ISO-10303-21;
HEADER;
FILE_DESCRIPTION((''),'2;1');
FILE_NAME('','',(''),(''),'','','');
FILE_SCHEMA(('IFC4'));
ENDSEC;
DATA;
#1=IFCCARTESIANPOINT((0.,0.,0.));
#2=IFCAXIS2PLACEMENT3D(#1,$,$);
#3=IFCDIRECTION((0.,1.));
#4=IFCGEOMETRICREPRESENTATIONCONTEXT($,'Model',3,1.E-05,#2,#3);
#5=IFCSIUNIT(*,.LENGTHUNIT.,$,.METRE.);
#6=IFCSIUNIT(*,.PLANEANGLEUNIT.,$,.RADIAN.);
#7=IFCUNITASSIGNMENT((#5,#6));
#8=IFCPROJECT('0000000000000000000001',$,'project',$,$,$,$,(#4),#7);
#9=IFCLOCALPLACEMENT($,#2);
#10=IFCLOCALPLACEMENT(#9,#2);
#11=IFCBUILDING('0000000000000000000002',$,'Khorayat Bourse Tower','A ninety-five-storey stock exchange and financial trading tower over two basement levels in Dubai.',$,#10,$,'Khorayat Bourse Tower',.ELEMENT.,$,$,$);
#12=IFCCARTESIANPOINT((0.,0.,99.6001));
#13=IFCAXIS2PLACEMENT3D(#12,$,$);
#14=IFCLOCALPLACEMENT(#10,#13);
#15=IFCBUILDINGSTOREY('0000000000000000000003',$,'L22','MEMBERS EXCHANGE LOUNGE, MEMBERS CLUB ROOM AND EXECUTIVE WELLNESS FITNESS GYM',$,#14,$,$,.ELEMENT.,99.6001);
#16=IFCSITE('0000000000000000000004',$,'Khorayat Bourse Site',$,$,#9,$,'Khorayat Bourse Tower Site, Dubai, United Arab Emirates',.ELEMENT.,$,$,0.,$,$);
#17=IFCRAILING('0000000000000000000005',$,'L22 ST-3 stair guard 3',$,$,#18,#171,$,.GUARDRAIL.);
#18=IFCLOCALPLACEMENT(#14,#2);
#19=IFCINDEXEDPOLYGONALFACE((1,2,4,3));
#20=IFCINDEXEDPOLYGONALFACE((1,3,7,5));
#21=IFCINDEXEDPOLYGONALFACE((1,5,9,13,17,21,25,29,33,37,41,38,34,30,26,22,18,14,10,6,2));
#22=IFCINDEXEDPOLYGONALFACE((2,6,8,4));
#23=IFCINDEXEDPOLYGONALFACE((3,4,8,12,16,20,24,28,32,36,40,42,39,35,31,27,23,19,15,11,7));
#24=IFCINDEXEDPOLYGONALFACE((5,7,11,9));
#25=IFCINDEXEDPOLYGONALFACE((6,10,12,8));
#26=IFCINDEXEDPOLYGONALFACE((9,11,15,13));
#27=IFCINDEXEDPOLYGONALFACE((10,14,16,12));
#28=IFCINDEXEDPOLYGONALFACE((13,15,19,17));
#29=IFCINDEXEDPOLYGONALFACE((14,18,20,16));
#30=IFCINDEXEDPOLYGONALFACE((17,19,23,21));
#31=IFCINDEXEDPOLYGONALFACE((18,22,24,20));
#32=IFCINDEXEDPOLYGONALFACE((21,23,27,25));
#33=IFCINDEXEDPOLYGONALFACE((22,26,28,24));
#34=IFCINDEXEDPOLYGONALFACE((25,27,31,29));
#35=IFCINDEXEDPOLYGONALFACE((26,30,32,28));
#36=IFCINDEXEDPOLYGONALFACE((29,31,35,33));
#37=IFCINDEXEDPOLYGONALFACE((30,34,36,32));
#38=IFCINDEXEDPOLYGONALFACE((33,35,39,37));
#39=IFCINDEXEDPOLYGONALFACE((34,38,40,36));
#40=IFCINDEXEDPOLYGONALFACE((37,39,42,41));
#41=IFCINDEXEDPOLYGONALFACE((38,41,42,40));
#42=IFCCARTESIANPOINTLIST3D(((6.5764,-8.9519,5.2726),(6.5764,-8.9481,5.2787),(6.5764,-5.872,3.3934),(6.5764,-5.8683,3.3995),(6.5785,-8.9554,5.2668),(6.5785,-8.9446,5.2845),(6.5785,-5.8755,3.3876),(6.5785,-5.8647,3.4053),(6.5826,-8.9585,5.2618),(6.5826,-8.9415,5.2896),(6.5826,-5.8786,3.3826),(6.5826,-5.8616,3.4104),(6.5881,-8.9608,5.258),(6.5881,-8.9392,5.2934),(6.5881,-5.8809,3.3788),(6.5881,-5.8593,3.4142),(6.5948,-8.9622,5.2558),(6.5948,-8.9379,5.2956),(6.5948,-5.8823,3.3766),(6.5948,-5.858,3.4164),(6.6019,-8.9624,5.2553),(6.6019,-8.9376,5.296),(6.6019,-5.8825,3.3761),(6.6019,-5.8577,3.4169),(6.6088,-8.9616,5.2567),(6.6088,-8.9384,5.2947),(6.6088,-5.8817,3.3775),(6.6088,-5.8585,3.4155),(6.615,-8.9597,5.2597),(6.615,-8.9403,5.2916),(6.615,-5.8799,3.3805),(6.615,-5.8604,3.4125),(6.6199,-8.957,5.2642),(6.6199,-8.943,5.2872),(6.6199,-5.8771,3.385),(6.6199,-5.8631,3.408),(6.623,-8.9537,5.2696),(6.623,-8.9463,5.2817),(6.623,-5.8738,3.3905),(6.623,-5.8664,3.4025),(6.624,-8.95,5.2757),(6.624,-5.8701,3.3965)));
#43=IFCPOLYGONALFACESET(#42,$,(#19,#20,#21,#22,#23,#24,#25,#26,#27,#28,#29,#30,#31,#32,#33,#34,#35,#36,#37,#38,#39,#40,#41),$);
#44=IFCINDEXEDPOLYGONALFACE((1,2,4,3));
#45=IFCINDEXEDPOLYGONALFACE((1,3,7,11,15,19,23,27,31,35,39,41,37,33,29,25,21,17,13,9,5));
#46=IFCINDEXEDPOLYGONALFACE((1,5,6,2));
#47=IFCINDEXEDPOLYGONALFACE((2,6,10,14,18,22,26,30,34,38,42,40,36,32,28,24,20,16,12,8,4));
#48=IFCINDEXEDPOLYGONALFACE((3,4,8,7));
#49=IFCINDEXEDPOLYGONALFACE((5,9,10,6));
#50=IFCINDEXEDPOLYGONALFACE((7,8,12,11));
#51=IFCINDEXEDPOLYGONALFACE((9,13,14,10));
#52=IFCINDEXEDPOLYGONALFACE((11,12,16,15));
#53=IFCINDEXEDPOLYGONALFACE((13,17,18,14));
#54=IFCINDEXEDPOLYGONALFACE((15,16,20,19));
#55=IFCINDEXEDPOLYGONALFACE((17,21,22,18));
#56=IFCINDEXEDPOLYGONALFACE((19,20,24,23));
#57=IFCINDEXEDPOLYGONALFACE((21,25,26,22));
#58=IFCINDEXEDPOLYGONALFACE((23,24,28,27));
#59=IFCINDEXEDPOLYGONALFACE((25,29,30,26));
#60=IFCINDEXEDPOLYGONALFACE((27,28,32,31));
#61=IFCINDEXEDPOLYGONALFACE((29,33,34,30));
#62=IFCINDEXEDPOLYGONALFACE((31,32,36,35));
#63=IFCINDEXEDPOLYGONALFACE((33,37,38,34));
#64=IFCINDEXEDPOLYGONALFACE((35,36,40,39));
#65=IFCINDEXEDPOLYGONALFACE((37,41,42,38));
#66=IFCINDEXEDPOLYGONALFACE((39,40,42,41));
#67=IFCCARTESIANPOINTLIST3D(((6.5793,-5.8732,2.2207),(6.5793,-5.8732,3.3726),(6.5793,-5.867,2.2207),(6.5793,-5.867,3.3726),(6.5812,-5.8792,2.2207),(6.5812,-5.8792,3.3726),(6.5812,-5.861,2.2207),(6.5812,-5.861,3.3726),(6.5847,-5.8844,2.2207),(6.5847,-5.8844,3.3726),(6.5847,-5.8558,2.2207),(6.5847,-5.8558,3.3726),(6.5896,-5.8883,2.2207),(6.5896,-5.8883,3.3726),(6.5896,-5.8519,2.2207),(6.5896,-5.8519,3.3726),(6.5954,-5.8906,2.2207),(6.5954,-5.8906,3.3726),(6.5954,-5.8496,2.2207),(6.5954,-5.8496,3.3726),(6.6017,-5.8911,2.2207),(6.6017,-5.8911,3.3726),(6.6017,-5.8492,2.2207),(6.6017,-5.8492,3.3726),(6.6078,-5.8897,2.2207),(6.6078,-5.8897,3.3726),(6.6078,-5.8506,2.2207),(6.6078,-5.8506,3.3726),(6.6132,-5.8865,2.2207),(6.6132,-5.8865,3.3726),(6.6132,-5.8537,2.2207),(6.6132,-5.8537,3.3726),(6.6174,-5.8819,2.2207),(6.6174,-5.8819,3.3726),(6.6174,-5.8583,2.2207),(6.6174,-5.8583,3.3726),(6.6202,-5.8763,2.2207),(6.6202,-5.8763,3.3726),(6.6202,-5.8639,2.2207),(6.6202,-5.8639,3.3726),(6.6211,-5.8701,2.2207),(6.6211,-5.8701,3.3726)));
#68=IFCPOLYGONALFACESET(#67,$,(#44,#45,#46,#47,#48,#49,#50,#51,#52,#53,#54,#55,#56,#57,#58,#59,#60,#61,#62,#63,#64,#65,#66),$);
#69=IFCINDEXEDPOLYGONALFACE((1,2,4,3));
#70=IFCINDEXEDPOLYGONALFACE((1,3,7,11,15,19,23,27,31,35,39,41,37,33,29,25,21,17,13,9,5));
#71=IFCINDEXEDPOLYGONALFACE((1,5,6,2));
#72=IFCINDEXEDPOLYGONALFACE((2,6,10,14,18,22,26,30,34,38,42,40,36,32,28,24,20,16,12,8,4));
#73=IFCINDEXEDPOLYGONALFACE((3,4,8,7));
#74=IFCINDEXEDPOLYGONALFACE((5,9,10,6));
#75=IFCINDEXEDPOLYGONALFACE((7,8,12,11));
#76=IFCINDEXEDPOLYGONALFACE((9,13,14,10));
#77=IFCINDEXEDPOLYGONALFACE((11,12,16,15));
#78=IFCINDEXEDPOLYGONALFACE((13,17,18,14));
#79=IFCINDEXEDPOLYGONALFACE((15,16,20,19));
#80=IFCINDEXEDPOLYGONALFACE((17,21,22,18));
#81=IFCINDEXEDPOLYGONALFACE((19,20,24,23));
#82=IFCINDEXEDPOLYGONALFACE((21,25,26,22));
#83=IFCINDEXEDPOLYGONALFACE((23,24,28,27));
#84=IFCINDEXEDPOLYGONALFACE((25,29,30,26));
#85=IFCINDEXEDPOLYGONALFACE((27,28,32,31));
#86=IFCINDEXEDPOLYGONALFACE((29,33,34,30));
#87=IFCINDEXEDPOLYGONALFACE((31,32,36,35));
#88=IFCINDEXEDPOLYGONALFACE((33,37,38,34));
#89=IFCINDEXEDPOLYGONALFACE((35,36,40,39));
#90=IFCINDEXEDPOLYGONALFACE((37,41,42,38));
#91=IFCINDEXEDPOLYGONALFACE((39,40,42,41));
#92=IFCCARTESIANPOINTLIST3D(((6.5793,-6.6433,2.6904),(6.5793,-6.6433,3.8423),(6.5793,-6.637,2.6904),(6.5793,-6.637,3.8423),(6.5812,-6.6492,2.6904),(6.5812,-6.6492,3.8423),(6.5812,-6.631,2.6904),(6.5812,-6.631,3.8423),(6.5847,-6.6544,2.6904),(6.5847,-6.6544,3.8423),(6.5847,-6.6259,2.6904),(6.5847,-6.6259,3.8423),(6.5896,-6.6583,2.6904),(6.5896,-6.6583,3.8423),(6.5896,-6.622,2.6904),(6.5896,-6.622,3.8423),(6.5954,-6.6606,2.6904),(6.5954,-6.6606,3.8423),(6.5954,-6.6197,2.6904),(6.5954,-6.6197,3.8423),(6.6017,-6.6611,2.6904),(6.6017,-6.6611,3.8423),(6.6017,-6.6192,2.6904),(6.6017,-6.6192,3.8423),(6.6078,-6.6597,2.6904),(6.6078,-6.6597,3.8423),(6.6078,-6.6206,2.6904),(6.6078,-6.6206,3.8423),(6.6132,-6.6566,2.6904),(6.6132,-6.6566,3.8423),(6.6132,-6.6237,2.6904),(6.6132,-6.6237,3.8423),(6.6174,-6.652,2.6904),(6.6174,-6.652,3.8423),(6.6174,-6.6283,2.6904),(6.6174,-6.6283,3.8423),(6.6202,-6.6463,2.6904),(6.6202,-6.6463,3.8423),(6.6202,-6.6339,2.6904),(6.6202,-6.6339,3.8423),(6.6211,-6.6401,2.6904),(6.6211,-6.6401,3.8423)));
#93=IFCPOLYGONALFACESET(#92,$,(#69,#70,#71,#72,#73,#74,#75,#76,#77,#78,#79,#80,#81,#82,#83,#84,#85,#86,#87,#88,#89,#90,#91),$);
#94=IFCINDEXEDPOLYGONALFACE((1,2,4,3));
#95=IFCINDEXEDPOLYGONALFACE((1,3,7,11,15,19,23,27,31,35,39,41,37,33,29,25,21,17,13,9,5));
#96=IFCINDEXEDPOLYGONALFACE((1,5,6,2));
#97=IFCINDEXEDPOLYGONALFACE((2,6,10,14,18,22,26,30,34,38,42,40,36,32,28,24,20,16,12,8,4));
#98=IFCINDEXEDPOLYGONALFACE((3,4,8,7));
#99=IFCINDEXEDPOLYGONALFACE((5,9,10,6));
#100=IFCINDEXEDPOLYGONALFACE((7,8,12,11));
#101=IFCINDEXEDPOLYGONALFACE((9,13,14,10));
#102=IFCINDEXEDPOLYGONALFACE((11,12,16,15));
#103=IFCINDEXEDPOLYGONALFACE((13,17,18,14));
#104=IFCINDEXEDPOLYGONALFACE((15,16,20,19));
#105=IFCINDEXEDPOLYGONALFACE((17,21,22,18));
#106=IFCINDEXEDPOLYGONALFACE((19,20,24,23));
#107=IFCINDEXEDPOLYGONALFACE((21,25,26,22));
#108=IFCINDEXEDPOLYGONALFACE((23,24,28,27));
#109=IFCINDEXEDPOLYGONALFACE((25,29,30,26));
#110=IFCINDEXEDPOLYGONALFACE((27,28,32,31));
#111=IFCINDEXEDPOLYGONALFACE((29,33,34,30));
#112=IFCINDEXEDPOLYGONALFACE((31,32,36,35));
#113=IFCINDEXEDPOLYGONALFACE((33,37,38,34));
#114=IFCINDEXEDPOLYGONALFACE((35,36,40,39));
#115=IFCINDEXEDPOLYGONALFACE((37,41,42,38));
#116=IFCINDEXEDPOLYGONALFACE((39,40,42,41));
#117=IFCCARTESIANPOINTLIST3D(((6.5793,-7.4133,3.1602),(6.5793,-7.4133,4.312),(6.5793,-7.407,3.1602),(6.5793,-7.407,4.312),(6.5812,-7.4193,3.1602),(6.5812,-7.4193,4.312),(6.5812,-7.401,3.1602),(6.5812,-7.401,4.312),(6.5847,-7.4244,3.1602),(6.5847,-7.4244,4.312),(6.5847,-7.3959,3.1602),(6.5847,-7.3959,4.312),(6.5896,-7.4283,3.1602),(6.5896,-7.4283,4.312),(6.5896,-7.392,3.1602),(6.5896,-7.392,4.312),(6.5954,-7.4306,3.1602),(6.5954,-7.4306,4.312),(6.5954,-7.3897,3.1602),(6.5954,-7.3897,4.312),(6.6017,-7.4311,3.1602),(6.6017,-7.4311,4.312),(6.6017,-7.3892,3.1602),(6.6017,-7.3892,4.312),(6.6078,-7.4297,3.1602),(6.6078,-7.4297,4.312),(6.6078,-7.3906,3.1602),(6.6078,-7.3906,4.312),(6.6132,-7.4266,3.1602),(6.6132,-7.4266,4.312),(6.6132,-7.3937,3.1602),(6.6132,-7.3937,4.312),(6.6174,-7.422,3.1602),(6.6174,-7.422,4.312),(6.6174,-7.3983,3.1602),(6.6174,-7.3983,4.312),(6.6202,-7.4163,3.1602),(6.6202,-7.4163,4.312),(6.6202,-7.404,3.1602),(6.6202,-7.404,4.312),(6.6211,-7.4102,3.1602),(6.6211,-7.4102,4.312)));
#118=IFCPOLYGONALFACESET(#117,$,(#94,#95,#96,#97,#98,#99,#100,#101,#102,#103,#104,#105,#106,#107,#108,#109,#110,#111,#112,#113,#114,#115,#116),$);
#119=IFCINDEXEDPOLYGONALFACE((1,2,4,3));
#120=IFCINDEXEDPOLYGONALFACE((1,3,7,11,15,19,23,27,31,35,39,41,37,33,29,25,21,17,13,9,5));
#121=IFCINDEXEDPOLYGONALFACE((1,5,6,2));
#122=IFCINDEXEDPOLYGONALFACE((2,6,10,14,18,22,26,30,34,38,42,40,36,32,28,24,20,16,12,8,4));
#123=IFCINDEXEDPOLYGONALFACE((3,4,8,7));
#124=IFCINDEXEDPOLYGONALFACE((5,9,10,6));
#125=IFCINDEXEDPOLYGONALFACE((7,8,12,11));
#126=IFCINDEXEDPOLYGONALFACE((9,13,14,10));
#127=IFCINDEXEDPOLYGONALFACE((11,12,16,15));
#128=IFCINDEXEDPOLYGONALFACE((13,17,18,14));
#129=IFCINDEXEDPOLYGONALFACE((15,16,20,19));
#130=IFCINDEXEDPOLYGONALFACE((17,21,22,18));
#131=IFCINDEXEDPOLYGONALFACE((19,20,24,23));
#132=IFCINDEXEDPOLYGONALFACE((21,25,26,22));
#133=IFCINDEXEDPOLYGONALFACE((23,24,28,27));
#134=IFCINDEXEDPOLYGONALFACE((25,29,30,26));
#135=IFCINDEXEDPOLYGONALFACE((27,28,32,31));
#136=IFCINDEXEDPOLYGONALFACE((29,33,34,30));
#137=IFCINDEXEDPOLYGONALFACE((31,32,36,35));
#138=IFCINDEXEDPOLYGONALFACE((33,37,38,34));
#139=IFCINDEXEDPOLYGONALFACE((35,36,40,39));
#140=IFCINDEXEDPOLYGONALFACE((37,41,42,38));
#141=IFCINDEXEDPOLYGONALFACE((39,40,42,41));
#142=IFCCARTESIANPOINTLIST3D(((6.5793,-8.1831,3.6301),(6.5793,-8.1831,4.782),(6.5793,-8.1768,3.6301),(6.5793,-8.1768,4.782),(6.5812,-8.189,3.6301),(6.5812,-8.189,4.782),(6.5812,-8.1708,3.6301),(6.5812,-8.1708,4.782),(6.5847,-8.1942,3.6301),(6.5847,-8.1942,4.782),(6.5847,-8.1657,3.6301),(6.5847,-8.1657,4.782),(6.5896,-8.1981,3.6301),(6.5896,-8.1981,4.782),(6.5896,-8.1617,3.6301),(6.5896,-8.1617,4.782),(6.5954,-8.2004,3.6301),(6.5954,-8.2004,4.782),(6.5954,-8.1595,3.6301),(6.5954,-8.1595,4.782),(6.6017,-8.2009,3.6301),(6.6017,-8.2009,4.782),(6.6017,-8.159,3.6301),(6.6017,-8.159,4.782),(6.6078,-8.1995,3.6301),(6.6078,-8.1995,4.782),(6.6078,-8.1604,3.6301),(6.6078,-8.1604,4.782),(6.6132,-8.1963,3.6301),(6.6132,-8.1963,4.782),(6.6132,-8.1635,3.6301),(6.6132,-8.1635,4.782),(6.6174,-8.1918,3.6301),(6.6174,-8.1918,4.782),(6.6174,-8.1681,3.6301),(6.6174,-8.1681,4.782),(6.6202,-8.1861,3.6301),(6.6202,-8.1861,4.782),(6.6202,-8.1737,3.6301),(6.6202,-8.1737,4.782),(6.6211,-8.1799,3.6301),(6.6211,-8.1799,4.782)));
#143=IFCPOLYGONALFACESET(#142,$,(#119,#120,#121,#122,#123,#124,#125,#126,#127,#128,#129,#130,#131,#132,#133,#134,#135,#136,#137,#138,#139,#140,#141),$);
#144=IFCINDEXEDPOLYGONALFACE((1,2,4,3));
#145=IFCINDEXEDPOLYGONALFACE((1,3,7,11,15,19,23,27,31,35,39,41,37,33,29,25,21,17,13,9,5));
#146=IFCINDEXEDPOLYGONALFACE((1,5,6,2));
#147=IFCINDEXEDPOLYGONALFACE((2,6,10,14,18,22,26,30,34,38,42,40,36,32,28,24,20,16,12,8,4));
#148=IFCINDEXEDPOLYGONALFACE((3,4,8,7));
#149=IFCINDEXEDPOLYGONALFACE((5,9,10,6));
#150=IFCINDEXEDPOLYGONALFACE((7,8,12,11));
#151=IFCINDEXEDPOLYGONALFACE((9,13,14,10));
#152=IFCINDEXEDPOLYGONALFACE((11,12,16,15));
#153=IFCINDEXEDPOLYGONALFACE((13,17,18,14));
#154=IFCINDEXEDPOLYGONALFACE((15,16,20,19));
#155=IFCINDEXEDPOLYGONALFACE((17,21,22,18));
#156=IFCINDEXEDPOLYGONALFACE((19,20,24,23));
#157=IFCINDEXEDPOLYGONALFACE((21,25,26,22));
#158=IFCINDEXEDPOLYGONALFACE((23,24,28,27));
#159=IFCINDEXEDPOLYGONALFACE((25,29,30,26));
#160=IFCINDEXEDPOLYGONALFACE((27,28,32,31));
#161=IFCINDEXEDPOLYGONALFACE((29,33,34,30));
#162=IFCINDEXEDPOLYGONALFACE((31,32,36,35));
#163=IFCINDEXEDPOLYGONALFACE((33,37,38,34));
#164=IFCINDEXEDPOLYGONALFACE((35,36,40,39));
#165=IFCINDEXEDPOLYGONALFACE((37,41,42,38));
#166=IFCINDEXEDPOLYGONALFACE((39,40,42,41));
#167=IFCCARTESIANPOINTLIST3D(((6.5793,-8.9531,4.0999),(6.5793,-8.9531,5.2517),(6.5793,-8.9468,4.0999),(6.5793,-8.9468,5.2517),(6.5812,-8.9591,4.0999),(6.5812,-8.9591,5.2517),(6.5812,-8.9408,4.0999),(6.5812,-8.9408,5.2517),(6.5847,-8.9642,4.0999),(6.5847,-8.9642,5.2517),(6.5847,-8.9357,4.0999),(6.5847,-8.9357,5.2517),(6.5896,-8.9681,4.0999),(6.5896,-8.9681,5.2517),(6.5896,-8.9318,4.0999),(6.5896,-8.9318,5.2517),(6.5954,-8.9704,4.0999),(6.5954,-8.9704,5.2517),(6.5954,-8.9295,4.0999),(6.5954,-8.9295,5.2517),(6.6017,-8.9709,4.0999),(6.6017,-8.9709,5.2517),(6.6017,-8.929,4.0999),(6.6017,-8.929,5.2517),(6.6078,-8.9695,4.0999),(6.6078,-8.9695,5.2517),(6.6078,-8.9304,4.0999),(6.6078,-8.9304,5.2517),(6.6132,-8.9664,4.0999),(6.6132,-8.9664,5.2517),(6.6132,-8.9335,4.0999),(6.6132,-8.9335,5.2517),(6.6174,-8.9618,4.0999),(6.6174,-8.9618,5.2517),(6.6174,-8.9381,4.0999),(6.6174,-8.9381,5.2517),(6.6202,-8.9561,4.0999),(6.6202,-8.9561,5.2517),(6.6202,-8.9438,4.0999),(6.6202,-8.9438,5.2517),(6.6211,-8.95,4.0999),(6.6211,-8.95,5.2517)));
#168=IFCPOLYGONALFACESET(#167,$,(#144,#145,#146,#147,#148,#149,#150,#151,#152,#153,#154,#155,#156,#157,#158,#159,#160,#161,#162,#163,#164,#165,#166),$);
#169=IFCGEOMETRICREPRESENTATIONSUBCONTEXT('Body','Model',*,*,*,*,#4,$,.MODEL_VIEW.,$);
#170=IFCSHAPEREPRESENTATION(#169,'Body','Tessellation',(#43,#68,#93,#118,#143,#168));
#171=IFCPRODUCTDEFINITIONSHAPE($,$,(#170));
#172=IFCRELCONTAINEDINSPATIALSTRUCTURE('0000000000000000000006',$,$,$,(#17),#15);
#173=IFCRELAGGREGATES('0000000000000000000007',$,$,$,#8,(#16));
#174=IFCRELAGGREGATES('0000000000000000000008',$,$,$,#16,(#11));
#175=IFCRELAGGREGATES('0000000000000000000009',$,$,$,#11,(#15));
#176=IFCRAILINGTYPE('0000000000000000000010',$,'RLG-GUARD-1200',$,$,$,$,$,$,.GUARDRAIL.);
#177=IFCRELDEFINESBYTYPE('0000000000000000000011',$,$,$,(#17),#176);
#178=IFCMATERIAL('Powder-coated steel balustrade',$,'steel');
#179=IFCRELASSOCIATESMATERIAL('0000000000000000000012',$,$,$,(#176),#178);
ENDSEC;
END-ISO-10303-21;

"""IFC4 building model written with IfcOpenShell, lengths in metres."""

from ifc_helpers import new_model, si_unit, direction, frame, origin, origin_2d, place, context, subcontext, project, spatial, circle, extrude, source, transform, mapped, material, type_object, element, save


model = new_model("IFC4")

# Units and contexts
model_context = context("Model", 3, precision=1e-05, world=origin(), true_north=direction((0.0, 1.0)))
body_context = subcontext(model_context, "Body", "Model", "MODEL_VIEW")
ifc_project = project(units=[si_unit("LENGTHUNIT", "METRE"), si_unit("PLANEANGLEUNIT", "RADIAN")], contexts=[model_context])

# Site, building, storey
site_placement = place(None, origin())
site = spatial("IfcSite", under=ifc_project, at=site_placement, Name="Khorayat Bourse Site", LongName="Khorayat Bourse Tower Site, Dubai, United Arab Emirates", CompositionType="ELEMENT", RefElevation=0.0)
building_placement = place(site_placement, origin())
building = spatial("IfcBuilding", under=site, at=building_placement, Name="Khorayat Bourse Tower", Description="A ninety-five-storey stock exchange and financial trading tower over two basement levels in Dubai.", LongName="Khorayat Bourse Tower", CompositionType="ELEMENT")
storey_placement = place(building_placement, frame((0.0, 0.0, 99.6001)))
storey = spatial("IfcBuildingStorey", under=building, at=storey_placement, Name="L22", Description="MEMBERS EXCHANGE LOUNGE, MEMBERS CLUB ROOM AND EXECUTIVE WELLNESS FITNESS GYM", CompositionType="ELEMENT", Elevation=99.6001)

# Railing
ifc_material_1 = material(Name="Powder-coated steel balustrade", Category="steel")
railing_type_1 = type_object("IfcRailingType", Name="RLG-GUARD-1200", PredefinedType="GUARDRAIL", material=ifc_material_1)
shared_shape_1 = source(origin(), body_context, "Body", "SweptSolid", [
    extrude(circle(Radius=0.0239, at=origin_2d()), frame((0.0, 0.0, 1.1758), z_axis=(0.0, -0.853648, 0.52085), x_axis=(1.0, 0.0, 0.0)), (0.0, 0.0, 1.0), 3.6079),
    extrude(circle(Radius=0.021, at=origin_2d()), origin(), (0.0, 0.0, 1.0), 1.1519),
    extrude(circle(Radius=0.021, at=origin_2d()), frame((0.0, -0.77, 0.4697)), (0.0, 0.0, 1.0), 1.1519),
    extrude(circle(Radius=0.021, at=origin_2d()), frame((0.0, -1.54, 0.9395)), (0.0, 0.0, 1.0), 1.1519),
    extrude(circle(Radius=0.021, at=origin_2d()), frame((0.0, -2.3098, 1.4094)), (0.0, 0.0, 1.0), 1.1519),
    extrude(circle(Radius=0.021, at=origin_2d()), frame((0.0, -3.0798, 1.8792)), (0.0, 0.0, 1.0), 1.1519),
])
railing_1_placement = place(storey_placement, frame((6.6001, -5.8701, 2.2207)))
element("IfcRailing", 1, at=railing_1_placement, inside=storey, type_object=railing_type_1, Name="L22 ST-3 stair guard 3", PredefinedType="GUARDRAIL", context=body_context, shape_type="MappedRepresentation", body=[
    mapped(shared_shape_1, transform((0.0, 0.0, 0.0), scale=1.0)),
])

save(model, "model.ifc")
